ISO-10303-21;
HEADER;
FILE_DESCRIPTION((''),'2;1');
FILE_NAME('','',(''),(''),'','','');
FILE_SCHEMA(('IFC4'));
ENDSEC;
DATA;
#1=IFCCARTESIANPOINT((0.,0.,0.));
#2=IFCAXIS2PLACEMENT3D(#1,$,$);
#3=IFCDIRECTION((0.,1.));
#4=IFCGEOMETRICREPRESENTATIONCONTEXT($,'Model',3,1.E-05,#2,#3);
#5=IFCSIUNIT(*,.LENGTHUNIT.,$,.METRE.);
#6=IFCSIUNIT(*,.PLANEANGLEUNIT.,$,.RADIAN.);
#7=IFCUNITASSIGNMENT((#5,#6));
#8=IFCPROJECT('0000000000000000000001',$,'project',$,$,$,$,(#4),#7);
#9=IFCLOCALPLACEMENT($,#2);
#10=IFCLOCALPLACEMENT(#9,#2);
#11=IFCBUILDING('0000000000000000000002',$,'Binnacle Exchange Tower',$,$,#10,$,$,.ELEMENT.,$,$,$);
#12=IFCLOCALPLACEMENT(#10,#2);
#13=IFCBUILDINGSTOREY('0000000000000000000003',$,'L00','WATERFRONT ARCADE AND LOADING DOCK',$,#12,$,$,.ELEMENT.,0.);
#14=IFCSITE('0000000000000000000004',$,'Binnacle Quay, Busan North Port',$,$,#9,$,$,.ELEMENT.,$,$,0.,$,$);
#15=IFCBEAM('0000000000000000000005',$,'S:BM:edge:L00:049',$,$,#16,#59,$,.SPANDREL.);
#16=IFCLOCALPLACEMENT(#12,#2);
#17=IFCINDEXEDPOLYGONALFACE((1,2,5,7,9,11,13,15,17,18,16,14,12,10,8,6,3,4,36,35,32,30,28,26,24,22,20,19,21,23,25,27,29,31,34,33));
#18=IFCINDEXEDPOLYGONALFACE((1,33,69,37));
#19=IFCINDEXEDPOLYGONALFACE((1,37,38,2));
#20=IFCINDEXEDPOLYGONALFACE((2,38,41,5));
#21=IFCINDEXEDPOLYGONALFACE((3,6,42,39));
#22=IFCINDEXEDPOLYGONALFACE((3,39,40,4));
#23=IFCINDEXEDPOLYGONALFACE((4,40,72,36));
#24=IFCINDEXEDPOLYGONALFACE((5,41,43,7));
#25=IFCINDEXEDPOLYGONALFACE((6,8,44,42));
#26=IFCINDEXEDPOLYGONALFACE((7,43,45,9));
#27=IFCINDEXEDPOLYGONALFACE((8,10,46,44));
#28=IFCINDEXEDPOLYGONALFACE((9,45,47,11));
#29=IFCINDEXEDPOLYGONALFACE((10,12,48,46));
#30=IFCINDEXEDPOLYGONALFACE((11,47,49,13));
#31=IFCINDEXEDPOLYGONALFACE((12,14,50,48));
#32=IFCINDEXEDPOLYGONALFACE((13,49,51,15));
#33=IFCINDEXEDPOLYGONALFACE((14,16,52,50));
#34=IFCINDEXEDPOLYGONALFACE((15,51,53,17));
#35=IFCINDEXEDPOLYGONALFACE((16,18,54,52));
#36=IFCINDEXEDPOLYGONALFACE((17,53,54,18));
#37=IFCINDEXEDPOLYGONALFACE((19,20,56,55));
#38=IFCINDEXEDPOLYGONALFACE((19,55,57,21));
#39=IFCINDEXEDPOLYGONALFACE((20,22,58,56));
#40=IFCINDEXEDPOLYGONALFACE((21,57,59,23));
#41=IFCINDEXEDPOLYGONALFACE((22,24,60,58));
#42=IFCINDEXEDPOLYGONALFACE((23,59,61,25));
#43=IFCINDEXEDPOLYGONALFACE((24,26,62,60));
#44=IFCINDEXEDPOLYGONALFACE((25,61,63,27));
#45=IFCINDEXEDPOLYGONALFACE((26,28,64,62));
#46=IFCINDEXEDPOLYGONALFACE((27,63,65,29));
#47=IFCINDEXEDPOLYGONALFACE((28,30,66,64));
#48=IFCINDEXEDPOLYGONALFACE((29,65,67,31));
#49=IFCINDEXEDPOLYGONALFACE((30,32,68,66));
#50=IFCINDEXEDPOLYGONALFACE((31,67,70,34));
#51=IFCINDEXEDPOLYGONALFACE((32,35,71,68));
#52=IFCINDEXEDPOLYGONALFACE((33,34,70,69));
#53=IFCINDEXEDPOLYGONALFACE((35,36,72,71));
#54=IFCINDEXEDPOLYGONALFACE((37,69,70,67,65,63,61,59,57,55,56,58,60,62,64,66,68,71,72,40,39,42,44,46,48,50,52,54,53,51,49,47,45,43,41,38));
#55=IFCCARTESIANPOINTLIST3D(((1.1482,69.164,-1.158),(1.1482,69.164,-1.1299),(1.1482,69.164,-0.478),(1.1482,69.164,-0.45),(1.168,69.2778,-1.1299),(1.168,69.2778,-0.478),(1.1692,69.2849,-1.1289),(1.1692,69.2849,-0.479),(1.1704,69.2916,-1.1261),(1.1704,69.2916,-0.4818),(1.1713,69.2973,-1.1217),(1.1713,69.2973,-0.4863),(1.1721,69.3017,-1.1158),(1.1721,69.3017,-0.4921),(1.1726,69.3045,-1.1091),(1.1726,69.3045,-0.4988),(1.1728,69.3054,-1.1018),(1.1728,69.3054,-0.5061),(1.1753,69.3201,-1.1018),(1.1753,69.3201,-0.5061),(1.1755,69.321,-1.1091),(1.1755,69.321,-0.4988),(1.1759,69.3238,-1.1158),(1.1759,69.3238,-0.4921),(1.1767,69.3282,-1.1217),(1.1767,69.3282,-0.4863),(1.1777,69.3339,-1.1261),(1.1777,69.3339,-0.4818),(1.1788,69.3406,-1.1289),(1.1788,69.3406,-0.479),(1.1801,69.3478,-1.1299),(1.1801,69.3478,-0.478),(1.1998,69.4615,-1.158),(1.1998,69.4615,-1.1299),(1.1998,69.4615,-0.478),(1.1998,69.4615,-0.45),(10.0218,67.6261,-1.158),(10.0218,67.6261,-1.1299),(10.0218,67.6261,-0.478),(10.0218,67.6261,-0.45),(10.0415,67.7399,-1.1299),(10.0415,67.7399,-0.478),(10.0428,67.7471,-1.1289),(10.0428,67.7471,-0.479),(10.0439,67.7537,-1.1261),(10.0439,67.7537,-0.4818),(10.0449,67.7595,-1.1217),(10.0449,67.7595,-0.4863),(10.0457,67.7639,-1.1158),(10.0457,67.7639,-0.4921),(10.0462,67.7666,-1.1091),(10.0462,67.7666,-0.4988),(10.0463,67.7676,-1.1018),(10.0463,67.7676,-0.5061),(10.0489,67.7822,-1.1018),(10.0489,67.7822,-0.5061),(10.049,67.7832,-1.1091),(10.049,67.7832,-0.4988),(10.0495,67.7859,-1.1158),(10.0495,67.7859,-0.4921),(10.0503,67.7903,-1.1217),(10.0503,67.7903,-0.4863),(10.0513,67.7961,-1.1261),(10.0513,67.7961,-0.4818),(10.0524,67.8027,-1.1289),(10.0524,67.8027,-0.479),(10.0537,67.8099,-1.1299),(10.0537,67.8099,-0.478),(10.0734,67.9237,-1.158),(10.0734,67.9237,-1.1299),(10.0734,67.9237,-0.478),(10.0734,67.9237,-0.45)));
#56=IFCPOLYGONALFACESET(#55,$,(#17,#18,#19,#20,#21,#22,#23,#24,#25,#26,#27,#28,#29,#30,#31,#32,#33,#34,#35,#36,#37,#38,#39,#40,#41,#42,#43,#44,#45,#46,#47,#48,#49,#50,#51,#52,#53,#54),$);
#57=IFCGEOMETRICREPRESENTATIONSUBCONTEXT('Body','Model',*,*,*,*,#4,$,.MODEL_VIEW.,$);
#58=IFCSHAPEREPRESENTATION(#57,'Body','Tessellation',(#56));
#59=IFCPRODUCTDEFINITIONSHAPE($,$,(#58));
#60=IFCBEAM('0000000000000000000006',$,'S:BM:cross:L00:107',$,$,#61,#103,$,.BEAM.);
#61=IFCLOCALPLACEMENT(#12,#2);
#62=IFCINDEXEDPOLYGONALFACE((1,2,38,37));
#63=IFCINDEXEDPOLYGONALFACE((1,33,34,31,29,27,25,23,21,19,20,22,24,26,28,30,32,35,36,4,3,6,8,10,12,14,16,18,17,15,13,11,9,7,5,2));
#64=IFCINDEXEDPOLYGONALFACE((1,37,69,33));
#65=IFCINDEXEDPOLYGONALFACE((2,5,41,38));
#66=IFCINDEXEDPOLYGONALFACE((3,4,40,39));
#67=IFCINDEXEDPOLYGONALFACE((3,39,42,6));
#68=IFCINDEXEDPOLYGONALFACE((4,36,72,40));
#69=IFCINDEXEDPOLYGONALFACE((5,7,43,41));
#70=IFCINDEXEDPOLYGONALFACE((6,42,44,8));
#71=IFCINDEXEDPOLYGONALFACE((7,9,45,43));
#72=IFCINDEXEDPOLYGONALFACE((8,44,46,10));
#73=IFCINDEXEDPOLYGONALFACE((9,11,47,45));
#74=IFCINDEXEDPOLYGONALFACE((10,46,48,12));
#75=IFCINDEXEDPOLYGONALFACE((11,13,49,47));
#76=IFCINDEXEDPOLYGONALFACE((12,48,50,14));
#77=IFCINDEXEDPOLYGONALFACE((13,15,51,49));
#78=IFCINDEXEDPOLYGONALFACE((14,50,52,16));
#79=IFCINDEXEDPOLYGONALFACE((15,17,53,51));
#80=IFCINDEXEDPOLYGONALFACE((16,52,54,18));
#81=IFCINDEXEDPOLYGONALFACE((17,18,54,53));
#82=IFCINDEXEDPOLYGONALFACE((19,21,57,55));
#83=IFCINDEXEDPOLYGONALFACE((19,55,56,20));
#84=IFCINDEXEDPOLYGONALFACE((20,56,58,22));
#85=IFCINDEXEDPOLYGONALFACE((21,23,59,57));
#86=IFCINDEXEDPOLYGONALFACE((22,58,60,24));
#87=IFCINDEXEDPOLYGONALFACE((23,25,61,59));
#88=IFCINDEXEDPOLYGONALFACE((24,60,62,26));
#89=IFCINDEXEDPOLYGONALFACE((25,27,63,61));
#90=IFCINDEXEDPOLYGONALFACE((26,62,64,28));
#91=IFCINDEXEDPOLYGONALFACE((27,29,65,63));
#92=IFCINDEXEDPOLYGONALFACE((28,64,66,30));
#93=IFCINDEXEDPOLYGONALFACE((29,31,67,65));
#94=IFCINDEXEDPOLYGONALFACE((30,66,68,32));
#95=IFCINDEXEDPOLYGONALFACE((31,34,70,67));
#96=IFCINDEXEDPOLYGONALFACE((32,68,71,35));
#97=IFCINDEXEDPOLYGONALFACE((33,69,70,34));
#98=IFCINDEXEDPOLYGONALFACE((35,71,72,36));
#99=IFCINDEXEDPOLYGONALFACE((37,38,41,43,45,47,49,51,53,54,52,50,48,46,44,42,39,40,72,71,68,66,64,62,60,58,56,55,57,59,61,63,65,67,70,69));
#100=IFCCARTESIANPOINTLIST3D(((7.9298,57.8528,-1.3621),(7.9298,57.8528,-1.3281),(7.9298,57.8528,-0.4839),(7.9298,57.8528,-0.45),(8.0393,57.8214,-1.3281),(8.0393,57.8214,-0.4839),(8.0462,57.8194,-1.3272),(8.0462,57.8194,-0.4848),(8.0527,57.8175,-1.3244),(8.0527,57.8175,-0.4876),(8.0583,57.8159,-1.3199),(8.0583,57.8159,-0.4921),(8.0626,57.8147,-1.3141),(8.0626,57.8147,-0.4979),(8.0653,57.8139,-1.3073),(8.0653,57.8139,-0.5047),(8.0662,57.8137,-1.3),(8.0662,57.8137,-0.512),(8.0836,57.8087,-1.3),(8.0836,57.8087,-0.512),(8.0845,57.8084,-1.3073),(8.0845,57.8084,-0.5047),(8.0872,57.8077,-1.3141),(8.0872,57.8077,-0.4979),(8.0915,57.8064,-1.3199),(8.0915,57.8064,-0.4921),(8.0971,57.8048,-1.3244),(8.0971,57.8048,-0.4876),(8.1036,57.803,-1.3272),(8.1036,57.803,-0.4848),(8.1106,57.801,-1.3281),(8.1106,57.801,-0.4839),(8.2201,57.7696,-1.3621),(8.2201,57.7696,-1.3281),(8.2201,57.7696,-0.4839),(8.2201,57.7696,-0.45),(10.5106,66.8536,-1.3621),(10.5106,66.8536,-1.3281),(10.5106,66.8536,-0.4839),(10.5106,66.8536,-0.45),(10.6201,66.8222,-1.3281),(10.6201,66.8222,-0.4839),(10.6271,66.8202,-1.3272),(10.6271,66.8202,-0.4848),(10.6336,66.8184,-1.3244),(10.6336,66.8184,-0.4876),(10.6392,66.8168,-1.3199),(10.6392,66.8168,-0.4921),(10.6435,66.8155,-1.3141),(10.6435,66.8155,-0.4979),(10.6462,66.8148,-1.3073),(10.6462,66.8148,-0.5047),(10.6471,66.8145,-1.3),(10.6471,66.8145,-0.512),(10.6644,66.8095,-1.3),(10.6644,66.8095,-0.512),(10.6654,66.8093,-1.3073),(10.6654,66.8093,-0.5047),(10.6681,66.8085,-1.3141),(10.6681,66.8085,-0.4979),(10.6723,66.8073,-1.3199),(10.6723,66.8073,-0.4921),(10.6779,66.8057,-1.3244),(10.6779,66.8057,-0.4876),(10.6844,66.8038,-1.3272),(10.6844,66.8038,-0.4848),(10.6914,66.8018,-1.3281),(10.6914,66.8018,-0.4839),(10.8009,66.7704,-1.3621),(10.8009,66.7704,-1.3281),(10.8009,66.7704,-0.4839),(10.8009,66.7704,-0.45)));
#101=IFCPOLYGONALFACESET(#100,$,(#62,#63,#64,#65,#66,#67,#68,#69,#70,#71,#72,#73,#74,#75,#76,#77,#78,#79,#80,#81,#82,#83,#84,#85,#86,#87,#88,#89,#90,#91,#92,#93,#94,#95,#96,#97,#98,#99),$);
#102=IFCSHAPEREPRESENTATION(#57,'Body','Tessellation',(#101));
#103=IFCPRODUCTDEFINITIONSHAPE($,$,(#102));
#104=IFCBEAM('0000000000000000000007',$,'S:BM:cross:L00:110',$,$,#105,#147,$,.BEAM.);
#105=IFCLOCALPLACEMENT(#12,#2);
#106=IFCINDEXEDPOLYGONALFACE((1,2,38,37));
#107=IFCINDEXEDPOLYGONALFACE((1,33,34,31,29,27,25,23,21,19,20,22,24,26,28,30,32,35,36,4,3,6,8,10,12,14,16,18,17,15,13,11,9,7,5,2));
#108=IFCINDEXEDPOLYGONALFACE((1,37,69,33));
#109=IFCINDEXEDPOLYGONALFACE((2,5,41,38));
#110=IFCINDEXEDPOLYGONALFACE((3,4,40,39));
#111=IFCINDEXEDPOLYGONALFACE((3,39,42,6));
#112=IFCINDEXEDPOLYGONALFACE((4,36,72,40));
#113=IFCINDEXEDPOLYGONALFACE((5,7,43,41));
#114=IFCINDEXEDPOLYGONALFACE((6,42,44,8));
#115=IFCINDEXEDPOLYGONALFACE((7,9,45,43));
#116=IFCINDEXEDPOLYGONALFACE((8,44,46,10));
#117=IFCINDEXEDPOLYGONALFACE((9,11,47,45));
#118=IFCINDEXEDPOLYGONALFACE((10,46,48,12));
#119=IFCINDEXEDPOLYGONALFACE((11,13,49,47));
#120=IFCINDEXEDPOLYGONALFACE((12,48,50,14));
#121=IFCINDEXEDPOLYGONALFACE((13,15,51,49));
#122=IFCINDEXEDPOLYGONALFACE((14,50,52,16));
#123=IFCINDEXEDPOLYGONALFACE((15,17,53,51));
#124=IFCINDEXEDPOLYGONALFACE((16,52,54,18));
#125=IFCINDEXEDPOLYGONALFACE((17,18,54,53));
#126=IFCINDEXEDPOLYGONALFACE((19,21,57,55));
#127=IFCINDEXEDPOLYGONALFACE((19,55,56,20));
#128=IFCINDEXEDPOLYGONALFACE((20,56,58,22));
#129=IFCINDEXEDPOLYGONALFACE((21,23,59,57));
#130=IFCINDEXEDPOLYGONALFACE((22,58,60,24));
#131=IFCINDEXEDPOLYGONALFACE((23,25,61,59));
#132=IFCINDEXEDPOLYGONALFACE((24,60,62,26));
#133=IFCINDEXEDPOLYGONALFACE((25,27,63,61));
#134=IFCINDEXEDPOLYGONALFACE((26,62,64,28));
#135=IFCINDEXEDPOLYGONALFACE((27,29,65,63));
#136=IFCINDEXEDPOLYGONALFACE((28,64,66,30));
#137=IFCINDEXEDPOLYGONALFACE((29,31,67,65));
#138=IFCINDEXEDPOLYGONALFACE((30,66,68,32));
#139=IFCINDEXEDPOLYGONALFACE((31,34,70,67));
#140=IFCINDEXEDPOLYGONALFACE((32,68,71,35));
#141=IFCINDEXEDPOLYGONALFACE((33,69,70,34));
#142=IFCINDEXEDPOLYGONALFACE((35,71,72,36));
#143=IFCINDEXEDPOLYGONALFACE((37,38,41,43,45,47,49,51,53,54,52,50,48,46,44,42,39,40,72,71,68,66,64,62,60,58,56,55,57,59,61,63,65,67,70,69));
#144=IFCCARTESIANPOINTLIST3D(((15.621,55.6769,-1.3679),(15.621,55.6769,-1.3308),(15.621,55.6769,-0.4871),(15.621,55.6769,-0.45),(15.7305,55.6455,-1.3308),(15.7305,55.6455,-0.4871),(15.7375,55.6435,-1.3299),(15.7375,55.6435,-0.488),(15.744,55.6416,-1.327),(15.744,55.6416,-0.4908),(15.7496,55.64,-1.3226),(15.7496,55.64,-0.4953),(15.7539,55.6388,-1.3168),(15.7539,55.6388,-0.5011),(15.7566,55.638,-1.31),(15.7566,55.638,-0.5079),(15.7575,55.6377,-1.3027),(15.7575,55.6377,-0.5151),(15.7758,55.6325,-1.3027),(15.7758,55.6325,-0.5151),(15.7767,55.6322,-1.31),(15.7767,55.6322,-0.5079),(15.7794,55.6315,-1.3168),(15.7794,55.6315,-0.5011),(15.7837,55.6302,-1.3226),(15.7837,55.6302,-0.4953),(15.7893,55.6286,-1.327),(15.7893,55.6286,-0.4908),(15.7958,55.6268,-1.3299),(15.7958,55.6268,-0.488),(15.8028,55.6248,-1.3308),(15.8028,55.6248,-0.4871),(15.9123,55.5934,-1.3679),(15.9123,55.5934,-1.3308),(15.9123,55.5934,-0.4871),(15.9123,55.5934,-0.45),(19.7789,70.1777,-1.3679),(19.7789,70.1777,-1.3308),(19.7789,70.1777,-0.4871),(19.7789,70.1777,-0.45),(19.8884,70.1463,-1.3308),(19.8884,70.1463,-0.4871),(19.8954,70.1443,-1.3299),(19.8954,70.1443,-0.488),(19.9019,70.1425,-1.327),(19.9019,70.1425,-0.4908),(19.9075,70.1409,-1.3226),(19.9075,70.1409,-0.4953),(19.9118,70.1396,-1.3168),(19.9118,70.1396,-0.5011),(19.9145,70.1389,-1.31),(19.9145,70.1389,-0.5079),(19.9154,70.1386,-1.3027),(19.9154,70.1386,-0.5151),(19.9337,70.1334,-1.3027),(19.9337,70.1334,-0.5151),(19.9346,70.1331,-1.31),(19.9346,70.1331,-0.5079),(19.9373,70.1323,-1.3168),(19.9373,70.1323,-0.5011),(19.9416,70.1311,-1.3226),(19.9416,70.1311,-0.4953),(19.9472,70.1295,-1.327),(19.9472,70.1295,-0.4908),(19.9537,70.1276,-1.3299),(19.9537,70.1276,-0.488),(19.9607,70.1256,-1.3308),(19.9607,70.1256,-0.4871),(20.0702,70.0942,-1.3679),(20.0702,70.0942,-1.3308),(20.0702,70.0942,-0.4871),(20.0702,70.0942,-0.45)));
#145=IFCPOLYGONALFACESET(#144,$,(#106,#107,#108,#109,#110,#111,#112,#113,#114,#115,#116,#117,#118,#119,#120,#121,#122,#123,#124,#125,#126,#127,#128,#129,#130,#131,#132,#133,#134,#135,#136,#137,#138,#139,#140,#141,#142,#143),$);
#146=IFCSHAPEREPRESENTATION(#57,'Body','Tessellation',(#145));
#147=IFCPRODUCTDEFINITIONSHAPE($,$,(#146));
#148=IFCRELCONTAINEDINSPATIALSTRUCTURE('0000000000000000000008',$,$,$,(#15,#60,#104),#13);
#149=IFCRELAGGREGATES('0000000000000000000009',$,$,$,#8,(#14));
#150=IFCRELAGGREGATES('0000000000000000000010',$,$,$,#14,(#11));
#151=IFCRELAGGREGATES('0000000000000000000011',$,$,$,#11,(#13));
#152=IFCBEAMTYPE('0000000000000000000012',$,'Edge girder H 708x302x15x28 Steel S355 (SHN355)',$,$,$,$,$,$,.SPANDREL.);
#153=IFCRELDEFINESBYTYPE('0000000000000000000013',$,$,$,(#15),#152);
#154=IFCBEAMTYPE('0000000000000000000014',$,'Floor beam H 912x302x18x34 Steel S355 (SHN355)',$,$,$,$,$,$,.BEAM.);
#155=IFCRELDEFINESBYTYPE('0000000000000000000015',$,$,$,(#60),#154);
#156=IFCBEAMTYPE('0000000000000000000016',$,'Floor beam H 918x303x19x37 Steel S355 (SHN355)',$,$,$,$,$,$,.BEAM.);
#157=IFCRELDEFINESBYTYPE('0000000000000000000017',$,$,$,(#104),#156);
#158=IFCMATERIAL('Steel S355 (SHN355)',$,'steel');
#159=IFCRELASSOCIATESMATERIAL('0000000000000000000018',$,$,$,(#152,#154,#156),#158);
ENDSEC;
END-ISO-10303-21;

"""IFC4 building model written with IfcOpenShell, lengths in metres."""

from ifc_helpers import new_model, si_unit, direction, frame, origin, origin_2d, place, context, subcontext, project, spatial, i_section, extrude, material, material_profile, profile_set, type_object, element, save


model = new_model("IFC4")

# Units and contexts
model_context = context("Model", 3, precision=1e-05, world=origin(), true_north=direction((0.0, 1.0)))
body_context = subcontext(model_context, "Body", "Model", "MODEL_VIEW")
ifc_project = project(units=[si_unit("LENGTHUNIT", "METRE"), si_unit("PLANEANGLEUNIT", "RADIAN")], contexts=[model_context])

# Site, building, storey
site_placement = place(None, origin())
site = spatial("IfcSite", under=ifc_project, at=site_placement, Name="Binnacle Quay, Busan North Port", CompositionType="ELEMENT", RefElevation=0.0)
building_placement = place(site_placement, origin())
building = spatial("IfcBuilding", under=site, at=building_placement, Name="Binnacle Exchange Tower", CompositionType="ELEMENT")
storey_placement = place(building_placement, origin())
storey = spatial("IfcBuildingStorey", under=building, at=storey_placement, Name="L00", Description="WATERFRONT ARCADE AND LOADING DOCK", CompositionType="ELEMENT", Elevation=0.0)

# Beams
ifc_material_1 = material(Name="Steel S355 (SHN355)", Category="steel")
ifc_material_profile_1 = material_profile(ifc_material_1, i_section(OverallWidth=0.302, OverallDepth=0.708, WebThickness=0.0149, FlangeThickness=0.0281, FilletRadius=0.0281, at=origin_2d()), Name="H 708x302x15x28")
ifc_profile_set_1 = profile_set([ifc_material_profile_1], Name="Steel S355 (SHN355)")
beam_type_1 = type_object("IfcBeamType", Name="Edge girder H 708x302x15x28 Steel S355 (SHN355)", PredefinedType="SPANDREL", material=ifc_profile_set_1)
beam_1_placement = place(storey_placement, frame((10.0476, 67.7749, -0.804), z_axis=(-0.985312, 0.170761, 0.0), x_axis=(-0.170761, -0.985312, 0.0)))
element("IfcBeam", 1, at=beam_1_placement, inside=storey, type_object=beam_type_1, Name="S:BM:edge:L00:049", PredefinedType="SPANDREL", context=body_context, shape_type="SweptSolid", body=[
    extrude(i_section(OverallWidth=0.302, OverallDepth=0.708, WebThickness=0.0149, FlangeThickness=0.0281, FilletRadius=0.0281, at=origin_2d()), origin(), (0.0, 0.0, 1.0), 9.0059),
])
ifc_material_profile_2 = material_profile(ifc_material_1, i_section(OverallWidth=0.302, OverallDepth=0.9121, WebThickness=0.0181, FlangeThickness=0.0339, FilletRadius=0.0281, at=origin_2d()), Name="H 912x302x18x34")
ifc_profile_set_2 = profile_set([ifc_material_profile_2], Name="Steel S355 (SHN355)")
beam_type_2 = type_object("IfcBeamType", Name="Floor beam H 912x302x18x34 Steel S355 (SHN355)", PredefinedType="BEAM", material=ifc_profile_set_2)
beam_2_placement = place(storey_placement, frame((10.6558, 66.812, -0.906), z_axis=(-0.275627, -0.961265, 0.0), x_axis=(0.961265, -0.275627, 0.0)))
element("IfcBeam", 2, at=beam_2_placement, inside=storey, type_object=beam_type_2, Name="S:BM:cross:L00:107", PredefinedType="BEAM", context=body_context, shape_type="SweptSolid", body=[
    extrude(i_section(OverallWidth=0.302, OverallDepth=0.9121, WebThickness=0.0181, FlangeThickness=0.0339, FilletRadius=0.0281, at=origin_2d()), origin(), (0.0, 0.0, 1.0), 9.3635),
])
ifc_material_profile_3 = material_profile(ifc_material_1, i_section(OverallWidth=0.303, OverallDepth=0.918, WebThickness=0.019, FlangeThickness=0.0371, FilletRadius=0.0281, at=origin_2d()), Name="H 918x303x19x37")
ifc_profile_set_3 = profile_set([ifc_material_profile_3], Name="Steel S355 (SHN355)")
beam_type_3 = type_object("IfcBeamType", Name="Floor beam H 918x303x19x37 Steel S355 (SHN355)", PredefinedType="BEAM", material=ifc_profile_set_3)
beam_3_placement = place(storey_placement, frame((19.9246, 70.136, -0.9089), z_axis=(-0.275629, -0.961264, 0.0), x_axis=(0.961264, -0.275629, 0.0)))
element("IfcBeam", 3, at=beam_3_placement, inside=storey, type_object=beam_type_3, Name="S:BM:cross:L00:110", PredefinedType="BEAM", context=body_context, shape_type="SweptSolid", body=[
    extrude(i_section(OverallWidth=0.303, OverallDepth=0.918, WebThickness=0.019, FlangeThickness=0.0371, FilletRadius=0.0281, at=origin_2d()), origin(), (0.0, 0.0, 1.0), 15.0852),
])

save(model, "model.ifc")
